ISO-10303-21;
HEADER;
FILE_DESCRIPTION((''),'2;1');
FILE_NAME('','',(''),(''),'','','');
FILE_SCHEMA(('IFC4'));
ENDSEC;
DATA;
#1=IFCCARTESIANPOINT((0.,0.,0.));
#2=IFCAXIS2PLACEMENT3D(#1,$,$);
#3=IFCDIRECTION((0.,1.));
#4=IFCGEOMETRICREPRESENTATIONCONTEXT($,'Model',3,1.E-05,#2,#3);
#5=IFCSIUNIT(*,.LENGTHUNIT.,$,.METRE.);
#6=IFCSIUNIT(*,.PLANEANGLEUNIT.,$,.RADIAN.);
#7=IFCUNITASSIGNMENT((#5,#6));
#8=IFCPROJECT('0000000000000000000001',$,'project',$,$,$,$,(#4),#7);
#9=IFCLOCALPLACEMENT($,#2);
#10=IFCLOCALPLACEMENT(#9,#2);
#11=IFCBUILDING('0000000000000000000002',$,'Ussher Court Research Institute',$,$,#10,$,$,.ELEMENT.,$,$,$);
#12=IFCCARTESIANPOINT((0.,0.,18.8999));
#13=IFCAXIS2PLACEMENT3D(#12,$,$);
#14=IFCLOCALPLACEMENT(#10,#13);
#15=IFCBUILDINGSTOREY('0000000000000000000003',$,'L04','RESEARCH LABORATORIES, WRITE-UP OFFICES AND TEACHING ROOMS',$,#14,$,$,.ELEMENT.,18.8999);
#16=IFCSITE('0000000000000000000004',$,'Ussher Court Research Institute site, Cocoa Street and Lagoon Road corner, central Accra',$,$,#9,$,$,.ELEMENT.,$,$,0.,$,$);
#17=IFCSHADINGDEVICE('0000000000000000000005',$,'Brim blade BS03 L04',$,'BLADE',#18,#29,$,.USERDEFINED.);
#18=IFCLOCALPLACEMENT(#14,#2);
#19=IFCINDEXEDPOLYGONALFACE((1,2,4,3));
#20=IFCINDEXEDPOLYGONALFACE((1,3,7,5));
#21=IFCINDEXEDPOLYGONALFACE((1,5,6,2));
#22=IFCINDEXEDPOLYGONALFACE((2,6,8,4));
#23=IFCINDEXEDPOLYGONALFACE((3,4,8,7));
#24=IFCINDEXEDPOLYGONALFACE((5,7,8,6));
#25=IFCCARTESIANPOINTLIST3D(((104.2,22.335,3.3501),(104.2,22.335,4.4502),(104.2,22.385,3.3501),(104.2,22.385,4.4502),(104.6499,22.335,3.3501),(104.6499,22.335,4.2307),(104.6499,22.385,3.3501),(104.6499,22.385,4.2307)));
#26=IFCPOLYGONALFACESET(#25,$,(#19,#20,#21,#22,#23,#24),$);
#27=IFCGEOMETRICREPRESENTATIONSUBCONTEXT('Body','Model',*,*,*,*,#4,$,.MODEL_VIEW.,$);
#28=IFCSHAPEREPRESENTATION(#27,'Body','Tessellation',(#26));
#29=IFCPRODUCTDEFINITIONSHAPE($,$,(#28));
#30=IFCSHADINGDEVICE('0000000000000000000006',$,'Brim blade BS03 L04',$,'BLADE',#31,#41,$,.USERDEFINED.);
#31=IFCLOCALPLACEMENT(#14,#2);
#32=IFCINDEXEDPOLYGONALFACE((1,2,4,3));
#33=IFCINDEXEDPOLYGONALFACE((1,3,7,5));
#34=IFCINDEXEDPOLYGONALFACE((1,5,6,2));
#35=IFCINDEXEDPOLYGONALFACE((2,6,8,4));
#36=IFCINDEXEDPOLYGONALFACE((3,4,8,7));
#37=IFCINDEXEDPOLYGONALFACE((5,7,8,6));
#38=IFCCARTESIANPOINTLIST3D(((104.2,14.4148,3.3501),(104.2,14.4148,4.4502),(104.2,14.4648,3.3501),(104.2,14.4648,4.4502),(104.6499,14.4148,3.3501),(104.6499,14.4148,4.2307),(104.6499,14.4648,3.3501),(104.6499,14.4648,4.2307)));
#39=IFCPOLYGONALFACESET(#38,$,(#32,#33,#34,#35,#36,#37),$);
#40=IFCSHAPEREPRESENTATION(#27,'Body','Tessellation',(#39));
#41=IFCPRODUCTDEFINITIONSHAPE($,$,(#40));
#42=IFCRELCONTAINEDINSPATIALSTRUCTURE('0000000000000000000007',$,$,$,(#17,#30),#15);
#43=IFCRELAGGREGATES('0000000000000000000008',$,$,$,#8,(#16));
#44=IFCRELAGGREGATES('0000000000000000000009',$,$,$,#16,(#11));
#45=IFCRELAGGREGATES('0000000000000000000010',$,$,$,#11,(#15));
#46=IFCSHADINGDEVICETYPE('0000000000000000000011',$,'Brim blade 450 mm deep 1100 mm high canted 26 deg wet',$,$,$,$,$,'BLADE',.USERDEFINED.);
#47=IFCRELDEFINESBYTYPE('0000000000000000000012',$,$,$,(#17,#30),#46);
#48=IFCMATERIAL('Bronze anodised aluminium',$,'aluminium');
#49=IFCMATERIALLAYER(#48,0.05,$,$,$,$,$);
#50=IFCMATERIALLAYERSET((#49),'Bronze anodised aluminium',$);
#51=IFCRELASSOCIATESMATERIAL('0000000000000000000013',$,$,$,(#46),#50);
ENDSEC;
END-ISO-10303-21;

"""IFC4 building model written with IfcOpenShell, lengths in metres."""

from ifc_helpers import new_model, si_unit, direction, frame, origin, place, context, subcontext, project, spatial, polyline, outline, extrude, material, layer, layer_set, type_object, element, save


model = new_model("IFC4")

# Units and contexts
model_context = context("Model", 3, precision=1e-05, world=origin(), true_north=direction((0.0, 1.0)))
body_context = subcontext(model_context, "Body", "Model", "MODEL_VIEW")
ifc_project = project(units=[si_unit("LENGTHUNIT", "METRE"), si_unit("PLANEANGLEUNIT", "RADIAN")], contexts=[model_context])

# Site, building, storey
site_placement = place(None, origin())
site = spatial("IfcSite", under=ifc_project, at=site_placement, Name="Ussher Court Research Institute site, Cocoa Street and Lagoon Road corner, central Accra", CompositionType="ELEMENT", RefElevation=0.0)
building_placement = place(site_placement, origin())
building = spatial("IfcBuilding", under=site, at=building_placement, Name="Ussher Court Research Institute", CompositionType="ELEMENT")
storey_placement = place(building_placement, frame((0.0, 0.0, 18.8999)))
storey = spatial("IfcBuildingStorey", under=building, at=storey_placement, Name="L04", Description="RESEARCH LABORATORIES, WRITE-UP OFFICES AND TEACHING ROOMS", CompositionType="ELEMENT", Elevation=18.8999)

# Shading devices
ifc_material_1 = material(Name="Bronze anodised aluminium", Category="aluminium")
ifc_layer_1 = layer(ifc_material_1, 0.05)
ifc_layer_set_1 = layer_set([ifc_layer_1], Name="Bronze anodised aluminium")
shading_device_type_1 = type_object("IfcShadingDeviceType", Name="Brim blade 450 mm deep 1100 mm high canted 26 deg wet", ElementType="BLADE", PredefinedType="USERDEFINED", material=ifc_layer_set_1)
for number, where, z_axis, x_axis, name in (
    (1, (104.2, 22.3601, 3.3501), (0.0, 0.0, 1.0), (1.0, 0.0, 0.0), "Brim blade BS03 L04"),
    (2, (104.2, 14.4399, 3.3501), (0.0, 0.0, 1.0), (1.0, 0.0, 0.0), "Brim blade BS03 L04"),
):
    element("IfcShadingDevice", number, at=place(storey_placement, frame(where, z_axis=z_axis, x_axis=x_axis)), inside=storey, type_object=shading_device_type_1, Name=name, ObjectType="BLADE", PredefinedType="USERDEFINED", context=body_context, shape_type="SweptSolid", body=[
        extrude(outline(polyline([(0.0, 0.0), (0.45, 0.0), (0.45, 0.8806), (0.0, 1.1001), (0.0, 0.0)])), frame((0.0, 0.0249, 0.0), z_axis=(0.0, -1.0, 0.0), x_axis=(1.0, 0.0, 0.0)), (0.0, 0.0, 1.0), 0.05),
    ])

save(model, "model.ifc")
